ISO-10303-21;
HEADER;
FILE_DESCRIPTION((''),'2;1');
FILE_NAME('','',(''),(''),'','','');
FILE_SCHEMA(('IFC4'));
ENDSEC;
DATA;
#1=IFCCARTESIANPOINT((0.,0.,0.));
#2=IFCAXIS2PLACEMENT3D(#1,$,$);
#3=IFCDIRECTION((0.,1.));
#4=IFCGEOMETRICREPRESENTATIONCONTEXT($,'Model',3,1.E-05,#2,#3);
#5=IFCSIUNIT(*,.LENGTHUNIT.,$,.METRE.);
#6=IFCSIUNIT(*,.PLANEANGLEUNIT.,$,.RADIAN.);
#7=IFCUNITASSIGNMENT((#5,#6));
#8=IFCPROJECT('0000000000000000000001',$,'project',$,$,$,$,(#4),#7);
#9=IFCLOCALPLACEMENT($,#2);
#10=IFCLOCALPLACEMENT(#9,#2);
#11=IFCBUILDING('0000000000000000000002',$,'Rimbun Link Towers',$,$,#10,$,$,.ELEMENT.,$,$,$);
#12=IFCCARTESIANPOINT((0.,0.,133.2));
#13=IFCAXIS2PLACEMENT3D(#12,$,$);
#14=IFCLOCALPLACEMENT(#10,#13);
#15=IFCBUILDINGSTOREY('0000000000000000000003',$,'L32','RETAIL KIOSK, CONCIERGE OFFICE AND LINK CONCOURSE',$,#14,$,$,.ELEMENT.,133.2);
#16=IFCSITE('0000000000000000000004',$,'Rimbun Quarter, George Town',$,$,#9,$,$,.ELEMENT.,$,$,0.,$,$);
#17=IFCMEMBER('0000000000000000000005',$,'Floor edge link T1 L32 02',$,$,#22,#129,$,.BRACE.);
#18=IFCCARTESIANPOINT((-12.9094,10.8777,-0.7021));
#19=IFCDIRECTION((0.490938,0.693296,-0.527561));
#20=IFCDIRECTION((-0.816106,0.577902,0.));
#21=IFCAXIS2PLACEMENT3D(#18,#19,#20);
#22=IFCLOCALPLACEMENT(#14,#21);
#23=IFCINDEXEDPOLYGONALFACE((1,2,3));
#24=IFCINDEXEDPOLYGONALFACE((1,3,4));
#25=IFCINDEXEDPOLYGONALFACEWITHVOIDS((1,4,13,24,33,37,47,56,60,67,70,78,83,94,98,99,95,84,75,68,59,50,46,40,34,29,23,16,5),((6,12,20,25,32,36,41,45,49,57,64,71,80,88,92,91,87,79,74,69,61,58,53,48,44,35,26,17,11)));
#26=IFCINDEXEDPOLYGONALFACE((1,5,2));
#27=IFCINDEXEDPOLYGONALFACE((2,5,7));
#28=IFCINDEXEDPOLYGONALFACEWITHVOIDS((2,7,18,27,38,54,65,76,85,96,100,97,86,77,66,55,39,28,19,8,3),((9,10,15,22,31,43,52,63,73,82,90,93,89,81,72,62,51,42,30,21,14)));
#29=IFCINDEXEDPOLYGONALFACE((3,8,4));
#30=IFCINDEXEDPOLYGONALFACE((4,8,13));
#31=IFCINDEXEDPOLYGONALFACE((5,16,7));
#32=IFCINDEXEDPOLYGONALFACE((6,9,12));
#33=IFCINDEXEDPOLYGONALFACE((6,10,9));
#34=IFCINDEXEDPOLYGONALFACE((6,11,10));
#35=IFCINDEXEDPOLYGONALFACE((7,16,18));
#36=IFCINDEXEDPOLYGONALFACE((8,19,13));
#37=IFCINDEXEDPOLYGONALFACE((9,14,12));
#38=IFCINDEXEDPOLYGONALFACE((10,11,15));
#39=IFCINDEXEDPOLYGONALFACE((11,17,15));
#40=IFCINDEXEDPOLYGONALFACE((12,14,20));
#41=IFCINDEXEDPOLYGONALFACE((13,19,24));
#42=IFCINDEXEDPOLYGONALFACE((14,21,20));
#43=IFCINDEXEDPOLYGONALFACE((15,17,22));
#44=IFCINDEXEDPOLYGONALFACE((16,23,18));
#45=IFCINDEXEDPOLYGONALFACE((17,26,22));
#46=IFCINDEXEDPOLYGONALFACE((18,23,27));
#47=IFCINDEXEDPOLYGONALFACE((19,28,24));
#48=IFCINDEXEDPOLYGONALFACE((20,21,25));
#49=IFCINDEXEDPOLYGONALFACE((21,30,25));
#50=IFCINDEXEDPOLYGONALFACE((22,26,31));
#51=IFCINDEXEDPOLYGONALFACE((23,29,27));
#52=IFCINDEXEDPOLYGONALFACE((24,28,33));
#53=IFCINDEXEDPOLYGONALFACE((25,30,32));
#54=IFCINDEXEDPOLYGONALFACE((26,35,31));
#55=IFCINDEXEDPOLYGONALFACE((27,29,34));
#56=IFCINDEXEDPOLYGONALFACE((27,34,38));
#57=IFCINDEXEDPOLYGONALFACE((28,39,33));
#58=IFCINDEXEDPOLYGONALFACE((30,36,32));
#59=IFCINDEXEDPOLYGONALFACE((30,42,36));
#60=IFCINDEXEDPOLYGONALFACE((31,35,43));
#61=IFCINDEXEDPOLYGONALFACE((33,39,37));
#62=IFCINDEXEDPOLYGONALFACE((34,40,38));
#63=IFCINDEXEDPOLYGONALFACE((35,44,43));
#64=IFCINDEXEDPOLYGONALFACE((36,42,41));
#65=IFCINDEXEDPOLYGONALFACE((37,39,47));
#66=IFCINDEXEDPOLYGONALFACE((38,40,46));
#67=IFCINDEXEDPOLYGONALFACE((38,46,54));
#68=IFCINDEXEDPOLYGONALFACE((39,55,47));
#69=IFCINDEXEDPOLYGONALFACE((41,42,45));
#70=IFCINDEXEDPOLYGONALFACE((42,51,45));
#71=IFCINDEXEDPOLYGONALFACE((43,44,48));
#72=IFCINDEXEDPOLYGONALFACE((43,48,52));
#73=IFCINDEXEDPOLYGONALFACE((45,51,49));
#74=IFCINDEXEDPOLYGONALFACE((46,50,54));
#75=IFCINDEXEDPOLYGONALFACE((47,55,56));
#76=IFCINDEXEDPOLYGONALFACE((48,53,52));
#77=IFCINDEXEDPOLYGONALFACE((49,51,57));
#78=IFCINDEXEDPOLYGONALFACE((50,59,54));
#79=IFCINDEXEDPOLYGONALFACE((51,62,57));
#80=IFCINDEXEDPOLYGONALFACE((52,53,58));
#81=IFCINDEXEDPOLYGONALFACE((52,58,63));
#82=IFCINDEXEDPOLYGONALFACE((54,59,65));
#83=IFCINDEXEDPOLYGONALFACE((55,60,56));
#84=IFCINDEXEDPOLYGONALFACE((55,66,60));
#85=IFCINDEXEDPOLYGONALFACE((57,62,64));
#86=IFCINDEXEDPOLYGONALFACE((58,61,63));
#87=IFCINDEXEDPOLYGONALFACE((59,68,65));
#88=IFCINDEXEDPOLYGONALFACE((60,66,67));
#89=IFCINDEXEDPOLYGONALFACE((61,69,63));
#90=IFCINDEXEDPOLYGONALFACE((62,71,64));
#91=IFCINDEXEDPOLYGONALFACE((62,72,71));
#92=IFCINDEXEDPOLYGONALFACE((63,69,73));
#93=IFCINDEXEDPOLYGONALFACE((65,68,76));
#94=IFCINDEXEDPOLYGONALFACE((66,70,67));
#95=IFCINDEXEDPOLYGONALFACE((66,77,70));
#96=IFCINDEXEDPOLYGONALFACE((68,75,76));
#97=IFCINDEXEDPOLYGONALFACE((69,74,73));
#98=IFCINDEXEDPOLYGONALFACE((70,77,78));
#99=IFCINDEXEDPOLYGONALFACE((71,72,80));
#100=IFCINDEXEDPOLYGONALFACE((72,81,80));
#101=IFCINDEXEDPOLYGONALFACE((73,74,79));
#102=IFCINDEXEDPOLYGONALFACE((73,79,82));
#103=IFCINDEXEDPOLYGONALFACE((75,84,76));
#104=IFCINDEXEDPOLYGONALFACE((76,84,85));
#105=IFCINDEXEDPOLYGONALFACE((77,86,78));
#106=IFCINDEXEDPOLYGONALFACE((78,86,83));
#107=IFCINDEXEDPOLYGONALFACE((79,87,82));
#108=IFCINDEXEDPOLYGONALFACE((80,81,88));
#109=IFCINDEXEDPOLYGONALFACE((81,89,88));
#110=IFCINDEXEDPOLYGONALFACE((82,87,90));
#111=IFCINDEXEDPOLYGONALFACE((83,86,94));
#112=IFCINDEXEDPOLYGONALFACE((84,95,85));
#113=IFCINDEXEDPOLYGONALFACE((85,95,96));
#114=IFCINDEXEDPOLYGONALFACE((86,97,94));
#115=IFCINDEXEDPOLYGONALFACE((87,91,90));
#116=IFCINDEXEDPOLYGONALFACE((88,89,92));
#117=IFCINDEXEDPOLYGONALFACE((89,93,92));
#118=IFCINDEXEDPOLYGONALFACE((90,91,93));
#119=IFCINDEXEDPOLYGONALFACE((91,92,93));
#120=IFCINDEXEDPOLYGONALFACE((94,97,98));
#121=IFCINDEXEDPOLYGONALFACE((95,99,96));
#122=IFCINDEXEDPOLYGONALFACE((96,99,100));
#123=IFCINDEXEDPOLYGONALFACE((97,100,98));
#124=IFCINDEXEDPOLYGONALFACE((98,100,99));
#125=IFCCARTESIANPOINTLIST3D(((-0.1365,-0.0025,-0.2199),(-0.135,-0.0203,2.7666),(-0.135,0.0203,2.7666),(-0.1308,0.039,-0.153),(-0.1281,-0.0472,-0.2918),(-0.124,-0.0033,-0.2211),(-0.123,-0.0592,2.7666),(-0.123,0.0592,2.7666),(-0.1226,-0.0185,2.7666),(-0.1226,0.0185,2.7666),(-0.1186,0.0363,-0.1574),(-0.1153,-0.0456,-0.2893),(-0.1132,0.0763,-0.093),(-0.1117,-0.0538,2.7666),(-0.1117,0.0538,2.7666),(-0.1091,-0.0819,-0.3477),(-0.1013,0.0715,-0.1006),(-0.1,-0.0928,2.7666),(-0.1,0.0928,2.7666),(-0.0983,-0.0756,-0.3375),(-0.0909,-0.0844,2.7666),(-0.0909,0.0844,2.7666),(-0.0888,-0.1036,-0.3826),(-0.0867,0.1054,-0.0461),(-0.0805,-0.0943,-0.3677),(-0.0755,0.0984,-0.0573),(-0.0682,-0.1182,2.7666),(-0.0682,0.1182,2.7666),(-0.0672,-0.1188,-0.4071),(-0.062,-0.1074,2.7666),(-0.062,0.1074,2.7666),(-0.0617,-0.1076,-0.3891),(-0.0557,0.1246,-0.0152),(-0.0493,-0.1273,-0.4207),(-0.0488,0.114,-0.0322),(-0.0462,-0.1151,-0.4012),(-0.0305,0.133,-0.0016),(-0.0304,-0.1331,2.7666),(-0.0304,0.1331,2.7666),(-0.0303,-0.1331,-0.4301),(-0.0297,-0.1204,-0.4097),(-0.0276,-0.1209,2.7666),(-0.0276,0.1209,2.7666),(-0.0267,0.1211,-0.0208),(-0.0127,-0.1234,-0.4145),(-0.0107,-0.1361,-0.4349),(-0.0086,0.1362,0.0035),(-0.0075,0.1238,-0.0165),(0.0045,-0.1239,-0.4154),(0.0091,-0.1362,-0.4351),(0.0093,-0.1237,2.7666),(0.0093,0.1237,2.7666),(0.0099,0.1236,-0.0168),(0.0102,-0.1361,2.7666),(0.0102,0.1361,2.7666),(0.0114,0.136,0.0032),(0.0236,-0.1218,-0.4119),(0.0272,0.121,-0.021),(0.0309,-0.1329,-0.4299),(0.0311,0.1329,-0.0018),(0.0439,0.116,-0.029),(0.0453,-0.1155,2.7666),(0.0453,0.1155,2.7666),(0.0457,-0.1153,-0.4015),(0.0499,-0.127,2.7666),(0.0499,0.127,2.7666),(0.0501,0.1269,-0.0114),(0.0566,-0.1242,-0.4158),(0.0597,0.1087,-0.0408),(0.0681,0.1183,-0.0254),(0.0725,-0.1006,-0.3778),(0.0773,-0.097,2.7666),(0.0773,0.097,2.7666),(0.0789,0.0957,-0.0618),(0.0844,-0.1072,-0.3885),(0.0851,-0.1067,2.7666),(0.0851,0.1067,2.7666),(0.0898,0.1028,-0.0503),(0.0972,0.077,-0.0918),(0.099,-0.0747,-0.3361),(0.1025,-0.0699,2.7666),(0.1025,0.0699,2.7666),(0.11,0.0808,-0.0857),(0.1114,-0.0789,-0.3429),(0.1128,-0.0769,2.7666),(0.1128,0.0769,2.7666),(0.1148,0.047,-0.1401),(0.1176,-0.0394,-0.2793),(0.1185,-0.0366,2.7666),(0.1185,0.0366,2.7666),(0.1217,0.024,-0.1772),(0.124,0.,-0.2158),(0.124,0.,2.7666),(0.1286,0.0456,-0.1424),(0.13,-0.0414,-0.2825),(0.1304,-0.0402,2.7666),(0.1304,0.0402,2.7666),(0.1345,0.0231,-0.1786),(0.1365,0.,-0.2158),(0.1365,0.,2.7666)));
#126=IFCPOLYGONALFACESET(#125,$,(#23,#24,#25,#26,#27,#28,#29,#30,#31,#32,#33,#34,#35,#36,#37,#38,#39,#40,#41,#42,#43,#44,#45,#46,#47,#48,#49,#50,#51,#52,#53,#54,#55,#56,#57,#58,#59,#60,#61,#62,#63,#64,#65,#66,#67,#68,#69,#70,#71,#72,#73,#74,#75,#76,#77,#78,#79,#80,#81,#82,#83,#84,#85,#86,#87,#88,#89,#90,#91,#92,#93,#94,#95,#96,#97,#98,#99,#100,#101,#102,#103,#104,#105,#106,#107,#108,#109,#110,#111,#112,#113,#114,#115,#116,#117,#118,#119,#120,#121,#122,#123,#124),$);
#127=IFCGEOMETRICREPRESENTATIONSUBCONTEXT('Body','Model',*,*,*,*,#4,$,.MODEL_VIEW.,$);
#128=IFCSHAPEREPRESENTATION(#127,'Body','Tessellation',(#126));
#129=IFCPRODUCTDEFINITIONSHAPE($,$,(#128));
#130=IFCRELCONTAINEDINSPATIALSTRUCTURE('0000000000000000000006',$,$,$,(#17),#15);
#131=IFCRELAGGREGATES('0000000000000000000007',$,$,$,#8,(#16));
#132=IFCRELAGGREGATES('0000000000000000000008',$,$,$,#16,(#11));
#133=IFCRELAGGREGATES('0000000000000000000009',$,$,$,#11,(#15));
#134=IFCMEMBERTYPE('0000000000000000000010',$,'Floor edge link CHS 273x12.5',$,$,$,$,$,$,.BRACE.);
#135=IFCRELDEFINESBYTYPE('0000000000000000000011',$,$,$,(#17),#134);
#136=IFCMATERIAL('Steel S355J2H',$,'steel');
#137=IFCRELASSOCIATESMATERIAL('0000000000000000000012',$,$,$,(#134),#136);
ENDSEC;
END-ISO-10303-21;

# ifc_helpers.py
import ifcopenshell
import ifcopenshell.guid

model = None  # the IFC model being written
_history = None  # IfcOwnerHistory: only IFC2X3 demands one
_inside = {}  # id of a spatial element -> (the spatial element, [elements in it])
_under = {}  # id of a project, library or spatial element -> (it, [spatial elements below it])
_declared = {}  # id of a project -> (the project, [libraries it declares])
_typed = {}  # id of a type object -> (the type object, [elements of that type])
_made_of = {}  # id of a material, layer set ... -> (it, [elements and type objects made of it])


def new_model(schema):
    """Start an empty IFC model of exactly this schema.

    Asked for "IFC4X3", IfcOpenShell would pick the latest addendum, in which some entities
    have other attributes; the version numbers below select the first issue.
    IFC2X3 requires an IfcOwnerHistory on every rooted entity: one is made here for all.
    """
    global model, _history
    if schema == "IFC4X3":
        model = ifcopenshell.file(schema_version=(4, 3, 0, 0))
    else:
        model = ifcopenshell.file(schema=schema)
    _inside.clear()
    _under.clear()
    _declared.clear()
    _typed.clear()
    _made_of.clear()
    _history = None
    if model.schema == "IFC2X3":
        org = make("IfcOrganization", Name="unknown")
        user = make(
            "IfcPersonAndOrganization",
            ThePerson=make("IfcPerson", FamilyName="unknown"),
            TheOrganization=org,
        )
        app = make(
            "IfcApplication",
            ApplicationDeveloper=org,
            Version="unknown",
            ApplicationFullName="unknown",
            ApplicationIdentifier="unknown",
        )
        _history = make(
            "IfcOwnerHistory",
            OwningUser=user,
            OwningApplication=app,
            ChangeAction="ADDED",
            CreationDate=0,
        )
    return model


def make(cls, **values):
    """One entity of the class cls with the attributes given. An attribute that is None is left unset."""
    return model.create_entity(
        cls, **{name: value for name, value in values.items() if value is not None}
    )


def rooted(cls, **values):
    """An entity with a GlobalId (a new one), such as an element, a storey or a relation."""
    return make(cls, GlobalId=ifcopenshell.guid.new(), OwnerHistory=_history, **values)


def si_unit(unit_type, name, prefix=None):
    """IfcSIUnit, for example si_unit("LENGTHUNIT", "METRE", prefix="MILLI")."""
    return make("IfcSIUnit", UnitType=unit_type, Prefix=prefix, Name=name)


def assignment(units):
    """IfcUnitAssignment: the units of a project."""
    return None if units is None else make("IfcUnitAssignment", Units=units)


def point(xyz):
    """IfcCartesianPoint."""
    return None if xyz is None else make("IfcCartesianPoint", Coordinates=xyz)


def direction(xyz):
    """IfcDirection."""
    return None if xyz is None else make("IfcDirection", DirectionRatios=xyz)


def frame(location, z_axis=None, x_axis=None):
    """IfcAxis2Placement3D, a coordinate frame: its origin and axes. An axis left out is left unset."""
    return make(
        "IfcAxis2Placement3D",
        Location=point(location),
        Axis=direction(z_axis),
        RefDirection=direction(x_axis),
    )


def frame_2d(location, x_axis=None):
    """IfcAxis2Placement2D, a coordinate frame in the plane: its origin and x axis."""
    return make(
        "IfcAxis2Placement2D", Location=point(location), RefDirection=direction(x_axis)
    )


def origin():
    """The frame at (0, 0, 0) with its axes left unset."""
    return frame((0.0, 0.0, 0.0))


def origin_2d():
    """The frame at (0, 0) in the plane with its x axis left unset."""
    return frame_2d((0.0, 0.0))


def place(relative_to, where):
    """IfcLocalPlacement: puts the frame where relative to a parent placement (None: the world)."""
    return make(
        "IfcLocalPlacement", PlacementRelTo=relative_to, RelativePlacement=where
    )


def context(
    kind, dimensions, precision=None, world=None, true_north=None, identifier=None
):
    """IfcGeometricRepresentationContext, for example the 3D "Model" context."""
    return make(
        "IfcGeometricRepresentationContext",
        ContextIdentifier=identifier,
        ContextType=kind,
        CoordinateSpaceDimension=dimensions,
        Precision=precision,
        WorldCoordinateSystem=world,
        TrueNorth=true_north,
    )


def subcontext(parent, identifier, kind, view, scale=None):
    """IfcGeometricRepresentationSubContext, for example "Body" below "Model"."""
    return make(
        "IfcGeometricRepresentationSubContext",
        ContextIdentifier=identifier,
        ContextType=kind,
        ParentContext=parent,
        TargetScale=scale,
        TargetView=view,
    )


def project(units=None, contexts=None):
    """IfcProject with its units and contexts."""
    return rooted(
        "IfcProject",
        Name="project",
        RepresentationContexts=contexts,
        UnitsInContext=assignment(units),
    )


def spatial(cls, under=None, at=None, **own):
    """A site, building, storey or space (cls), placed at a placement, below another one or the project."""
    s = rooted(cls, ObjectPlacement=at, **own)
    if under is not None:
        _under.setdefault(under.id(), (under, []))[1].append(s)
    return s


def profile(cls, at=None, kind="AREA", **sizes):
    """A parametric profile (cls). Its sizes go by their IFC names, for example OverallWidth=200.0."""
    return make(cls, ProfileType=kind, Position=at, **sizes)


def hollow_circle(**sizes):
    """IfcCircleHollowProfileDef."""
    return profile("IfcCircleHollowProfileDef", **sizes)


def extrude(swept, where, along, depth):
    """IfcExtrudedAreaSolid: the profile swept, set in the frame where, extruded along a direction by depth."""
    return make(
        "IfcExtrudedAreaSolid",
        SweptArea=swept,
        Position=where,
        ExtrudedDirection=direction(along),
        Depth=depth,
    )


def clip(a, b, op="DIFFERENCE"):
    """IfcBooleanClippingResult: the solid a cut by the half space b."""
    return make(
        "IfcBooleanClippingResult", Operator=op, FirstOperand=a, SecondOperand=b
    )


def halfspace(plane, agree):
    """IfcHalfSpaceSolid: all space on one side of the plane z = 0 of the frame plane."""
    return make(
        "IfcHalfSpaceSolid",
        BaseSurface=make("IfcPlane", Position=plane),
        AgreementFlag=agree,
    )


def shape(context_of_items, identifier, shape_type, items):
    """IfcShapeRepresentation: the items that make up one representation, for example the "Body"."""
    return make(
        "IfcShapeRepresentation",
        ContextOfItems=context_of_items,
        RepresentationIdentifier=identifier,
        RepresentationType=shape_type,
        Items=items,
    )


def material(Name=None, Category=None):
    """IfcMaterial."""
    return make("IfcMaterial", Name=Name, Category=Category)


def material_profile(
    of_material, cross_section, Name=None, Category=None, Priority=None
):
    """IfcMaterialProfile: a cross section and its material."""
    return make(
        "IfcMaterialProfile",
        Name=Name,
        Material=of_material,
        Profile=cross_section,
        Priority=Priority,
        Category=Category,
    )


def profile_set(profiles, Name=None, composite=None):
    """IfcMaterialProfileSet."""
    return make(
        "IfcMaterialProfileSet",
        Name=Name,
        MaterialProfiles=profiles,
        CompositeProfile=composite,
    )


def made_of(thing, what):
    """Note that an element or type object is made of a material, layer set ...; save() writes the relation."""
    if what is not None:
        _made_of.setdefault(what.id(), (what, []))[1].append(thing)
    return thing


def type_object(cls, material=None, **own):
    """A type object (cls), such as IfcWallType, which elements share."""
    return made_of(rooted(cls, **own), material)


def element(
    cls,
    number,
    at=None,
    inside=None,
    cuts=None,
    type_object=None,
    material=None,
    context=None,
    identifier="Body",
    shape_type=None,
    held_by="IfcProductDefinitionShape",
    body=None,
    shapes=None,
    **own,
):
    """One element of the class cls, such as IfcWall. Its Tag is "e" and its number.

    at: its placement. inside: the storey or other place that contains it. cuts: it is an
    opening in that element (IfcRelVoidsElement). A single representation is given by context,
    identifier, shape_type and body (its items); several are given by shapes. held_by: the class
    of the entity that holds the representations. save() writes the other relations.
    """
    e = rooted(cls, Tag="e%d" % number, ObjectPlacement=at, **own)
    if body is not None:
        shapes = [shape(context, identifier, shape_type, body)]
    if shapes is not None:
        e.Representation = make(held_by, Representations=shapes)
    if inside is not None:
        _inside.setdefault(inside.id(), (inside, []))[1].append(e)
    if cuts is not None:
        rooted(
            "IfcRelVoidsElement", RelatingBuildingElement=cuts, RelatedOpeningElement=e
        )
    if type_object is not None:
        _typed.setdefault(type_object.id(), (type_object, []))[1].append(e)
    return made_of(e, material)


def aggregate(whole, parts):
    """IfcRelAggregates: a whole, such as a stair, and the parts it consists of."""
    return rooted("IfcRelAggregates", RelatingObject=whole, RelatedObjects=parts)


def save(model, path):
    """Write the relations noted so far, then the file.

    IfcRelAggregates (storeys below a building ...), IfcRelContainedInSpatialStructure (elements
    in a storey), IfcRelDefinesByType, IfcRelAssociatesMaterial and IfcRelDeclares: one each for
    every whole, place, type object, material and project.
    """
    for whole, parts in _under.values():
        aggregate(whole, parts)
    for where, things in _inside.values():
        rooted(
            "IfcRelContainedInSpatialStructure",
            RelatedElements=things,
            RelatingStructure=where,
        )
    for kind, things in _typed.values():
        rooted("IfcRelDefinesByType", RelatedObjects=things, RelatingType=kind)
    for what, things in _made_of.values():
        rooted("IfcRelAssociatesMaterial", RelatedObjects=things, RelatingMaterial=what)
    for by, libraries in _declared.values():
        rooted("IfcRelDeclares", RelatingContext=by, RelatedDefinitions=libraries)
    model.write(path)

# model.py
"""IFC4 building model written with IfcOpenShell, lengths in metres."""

from ifc_helpers import new_model, si_unit, direction, frame, origin, origin_2d, place, context, subcontext, project, spatial, hollow_circle, extrude, clip, halfspace, material, material_profile, profile_set, type_object, element, save


model = new_model("IFC4")

# Units and contexts
model_context = context("Model", 3, precision=1e-05, world=origin(), true_north=direction((0.0, 1.0)))
body_context = subcontext(model_context, "Body", "Model", "MODEL_VIEW")
ifc_project = project(units=[si_unit("LENGTHUNIT", "METRE"), si_unit("PLANEANGLEUNIT", "RADIAN")], contexts=[model_context])

# Site, building, storey
site_placement = place(None, origin())
site = spatial("IfcSite", under=ifc_project, at=site_placement, Name="Rimbun Quarter, George Town", CompositionType="ELEMENT", RefElevation=0.0)
building_placement = place(site_placement, origin())
building = spatial("IfcBuilding", under=site, at=building_placement, Name="Rimbun Link Towers", CompositionType="ELEMENT")
storey_placement = place(building_placement, frame((0.0, 0.0, 133.2)))
storey = spatial("IfcBuildingStorey", under=building, at=storey_placement, Name="L32", Description="RETAIL KIOSK, CONCIERGE OFFICE AND LINK CONCOURSE", CompositionType="ELEMENT", Elevation=133.2)

# Member
ifc_material_1 = material(Name="Steel S355J2H", Category="steel")
ifc_material_profile_1 = material_profile(ifc_material_1, hollow_circle(Radius=0.1365, WallThickness=0.0125, at=origin_2d()), Name="CHS 273x12.5")
ifc_profile_set_1 = profile_set([ifc_material_profile_1], Name="Steel S355J2H")
member_type_1 = type_object("IfcMemberType", Name="Floor edge link CHS 273x12.5", PredefinedType="BRACE", material=ifc_profile_set_1)
member_1_placement = place(storey_placement, frame((-12.9094, 10.8777, -0.7021), z_axis=(0.490938, 0.693296, -0.527561), x_axis=(-0.816106, 0.577902, 0.0)))
element("IfcMember", 1, at=member_1_placement, inside=storey, type_object=member_type_1, Name="Floor edge link T1 L32 02", PredefinedType="BRACE", context=body_context, shape_type="Clipping", body=[
    clip(extrude(hollow_circle(Radius=0.1365, WallThickness=0.0125, at=origin_2d()), frame((0.0, 0.0, -0.4585)), (0.0, 0.0, 1.0), 3.2251), halfspace(frame((0.0, 0.0, -0.2158), z_axis=(0.0, 0.849517, -0.527561)), False)),
])

save(model, "model.ifc")
